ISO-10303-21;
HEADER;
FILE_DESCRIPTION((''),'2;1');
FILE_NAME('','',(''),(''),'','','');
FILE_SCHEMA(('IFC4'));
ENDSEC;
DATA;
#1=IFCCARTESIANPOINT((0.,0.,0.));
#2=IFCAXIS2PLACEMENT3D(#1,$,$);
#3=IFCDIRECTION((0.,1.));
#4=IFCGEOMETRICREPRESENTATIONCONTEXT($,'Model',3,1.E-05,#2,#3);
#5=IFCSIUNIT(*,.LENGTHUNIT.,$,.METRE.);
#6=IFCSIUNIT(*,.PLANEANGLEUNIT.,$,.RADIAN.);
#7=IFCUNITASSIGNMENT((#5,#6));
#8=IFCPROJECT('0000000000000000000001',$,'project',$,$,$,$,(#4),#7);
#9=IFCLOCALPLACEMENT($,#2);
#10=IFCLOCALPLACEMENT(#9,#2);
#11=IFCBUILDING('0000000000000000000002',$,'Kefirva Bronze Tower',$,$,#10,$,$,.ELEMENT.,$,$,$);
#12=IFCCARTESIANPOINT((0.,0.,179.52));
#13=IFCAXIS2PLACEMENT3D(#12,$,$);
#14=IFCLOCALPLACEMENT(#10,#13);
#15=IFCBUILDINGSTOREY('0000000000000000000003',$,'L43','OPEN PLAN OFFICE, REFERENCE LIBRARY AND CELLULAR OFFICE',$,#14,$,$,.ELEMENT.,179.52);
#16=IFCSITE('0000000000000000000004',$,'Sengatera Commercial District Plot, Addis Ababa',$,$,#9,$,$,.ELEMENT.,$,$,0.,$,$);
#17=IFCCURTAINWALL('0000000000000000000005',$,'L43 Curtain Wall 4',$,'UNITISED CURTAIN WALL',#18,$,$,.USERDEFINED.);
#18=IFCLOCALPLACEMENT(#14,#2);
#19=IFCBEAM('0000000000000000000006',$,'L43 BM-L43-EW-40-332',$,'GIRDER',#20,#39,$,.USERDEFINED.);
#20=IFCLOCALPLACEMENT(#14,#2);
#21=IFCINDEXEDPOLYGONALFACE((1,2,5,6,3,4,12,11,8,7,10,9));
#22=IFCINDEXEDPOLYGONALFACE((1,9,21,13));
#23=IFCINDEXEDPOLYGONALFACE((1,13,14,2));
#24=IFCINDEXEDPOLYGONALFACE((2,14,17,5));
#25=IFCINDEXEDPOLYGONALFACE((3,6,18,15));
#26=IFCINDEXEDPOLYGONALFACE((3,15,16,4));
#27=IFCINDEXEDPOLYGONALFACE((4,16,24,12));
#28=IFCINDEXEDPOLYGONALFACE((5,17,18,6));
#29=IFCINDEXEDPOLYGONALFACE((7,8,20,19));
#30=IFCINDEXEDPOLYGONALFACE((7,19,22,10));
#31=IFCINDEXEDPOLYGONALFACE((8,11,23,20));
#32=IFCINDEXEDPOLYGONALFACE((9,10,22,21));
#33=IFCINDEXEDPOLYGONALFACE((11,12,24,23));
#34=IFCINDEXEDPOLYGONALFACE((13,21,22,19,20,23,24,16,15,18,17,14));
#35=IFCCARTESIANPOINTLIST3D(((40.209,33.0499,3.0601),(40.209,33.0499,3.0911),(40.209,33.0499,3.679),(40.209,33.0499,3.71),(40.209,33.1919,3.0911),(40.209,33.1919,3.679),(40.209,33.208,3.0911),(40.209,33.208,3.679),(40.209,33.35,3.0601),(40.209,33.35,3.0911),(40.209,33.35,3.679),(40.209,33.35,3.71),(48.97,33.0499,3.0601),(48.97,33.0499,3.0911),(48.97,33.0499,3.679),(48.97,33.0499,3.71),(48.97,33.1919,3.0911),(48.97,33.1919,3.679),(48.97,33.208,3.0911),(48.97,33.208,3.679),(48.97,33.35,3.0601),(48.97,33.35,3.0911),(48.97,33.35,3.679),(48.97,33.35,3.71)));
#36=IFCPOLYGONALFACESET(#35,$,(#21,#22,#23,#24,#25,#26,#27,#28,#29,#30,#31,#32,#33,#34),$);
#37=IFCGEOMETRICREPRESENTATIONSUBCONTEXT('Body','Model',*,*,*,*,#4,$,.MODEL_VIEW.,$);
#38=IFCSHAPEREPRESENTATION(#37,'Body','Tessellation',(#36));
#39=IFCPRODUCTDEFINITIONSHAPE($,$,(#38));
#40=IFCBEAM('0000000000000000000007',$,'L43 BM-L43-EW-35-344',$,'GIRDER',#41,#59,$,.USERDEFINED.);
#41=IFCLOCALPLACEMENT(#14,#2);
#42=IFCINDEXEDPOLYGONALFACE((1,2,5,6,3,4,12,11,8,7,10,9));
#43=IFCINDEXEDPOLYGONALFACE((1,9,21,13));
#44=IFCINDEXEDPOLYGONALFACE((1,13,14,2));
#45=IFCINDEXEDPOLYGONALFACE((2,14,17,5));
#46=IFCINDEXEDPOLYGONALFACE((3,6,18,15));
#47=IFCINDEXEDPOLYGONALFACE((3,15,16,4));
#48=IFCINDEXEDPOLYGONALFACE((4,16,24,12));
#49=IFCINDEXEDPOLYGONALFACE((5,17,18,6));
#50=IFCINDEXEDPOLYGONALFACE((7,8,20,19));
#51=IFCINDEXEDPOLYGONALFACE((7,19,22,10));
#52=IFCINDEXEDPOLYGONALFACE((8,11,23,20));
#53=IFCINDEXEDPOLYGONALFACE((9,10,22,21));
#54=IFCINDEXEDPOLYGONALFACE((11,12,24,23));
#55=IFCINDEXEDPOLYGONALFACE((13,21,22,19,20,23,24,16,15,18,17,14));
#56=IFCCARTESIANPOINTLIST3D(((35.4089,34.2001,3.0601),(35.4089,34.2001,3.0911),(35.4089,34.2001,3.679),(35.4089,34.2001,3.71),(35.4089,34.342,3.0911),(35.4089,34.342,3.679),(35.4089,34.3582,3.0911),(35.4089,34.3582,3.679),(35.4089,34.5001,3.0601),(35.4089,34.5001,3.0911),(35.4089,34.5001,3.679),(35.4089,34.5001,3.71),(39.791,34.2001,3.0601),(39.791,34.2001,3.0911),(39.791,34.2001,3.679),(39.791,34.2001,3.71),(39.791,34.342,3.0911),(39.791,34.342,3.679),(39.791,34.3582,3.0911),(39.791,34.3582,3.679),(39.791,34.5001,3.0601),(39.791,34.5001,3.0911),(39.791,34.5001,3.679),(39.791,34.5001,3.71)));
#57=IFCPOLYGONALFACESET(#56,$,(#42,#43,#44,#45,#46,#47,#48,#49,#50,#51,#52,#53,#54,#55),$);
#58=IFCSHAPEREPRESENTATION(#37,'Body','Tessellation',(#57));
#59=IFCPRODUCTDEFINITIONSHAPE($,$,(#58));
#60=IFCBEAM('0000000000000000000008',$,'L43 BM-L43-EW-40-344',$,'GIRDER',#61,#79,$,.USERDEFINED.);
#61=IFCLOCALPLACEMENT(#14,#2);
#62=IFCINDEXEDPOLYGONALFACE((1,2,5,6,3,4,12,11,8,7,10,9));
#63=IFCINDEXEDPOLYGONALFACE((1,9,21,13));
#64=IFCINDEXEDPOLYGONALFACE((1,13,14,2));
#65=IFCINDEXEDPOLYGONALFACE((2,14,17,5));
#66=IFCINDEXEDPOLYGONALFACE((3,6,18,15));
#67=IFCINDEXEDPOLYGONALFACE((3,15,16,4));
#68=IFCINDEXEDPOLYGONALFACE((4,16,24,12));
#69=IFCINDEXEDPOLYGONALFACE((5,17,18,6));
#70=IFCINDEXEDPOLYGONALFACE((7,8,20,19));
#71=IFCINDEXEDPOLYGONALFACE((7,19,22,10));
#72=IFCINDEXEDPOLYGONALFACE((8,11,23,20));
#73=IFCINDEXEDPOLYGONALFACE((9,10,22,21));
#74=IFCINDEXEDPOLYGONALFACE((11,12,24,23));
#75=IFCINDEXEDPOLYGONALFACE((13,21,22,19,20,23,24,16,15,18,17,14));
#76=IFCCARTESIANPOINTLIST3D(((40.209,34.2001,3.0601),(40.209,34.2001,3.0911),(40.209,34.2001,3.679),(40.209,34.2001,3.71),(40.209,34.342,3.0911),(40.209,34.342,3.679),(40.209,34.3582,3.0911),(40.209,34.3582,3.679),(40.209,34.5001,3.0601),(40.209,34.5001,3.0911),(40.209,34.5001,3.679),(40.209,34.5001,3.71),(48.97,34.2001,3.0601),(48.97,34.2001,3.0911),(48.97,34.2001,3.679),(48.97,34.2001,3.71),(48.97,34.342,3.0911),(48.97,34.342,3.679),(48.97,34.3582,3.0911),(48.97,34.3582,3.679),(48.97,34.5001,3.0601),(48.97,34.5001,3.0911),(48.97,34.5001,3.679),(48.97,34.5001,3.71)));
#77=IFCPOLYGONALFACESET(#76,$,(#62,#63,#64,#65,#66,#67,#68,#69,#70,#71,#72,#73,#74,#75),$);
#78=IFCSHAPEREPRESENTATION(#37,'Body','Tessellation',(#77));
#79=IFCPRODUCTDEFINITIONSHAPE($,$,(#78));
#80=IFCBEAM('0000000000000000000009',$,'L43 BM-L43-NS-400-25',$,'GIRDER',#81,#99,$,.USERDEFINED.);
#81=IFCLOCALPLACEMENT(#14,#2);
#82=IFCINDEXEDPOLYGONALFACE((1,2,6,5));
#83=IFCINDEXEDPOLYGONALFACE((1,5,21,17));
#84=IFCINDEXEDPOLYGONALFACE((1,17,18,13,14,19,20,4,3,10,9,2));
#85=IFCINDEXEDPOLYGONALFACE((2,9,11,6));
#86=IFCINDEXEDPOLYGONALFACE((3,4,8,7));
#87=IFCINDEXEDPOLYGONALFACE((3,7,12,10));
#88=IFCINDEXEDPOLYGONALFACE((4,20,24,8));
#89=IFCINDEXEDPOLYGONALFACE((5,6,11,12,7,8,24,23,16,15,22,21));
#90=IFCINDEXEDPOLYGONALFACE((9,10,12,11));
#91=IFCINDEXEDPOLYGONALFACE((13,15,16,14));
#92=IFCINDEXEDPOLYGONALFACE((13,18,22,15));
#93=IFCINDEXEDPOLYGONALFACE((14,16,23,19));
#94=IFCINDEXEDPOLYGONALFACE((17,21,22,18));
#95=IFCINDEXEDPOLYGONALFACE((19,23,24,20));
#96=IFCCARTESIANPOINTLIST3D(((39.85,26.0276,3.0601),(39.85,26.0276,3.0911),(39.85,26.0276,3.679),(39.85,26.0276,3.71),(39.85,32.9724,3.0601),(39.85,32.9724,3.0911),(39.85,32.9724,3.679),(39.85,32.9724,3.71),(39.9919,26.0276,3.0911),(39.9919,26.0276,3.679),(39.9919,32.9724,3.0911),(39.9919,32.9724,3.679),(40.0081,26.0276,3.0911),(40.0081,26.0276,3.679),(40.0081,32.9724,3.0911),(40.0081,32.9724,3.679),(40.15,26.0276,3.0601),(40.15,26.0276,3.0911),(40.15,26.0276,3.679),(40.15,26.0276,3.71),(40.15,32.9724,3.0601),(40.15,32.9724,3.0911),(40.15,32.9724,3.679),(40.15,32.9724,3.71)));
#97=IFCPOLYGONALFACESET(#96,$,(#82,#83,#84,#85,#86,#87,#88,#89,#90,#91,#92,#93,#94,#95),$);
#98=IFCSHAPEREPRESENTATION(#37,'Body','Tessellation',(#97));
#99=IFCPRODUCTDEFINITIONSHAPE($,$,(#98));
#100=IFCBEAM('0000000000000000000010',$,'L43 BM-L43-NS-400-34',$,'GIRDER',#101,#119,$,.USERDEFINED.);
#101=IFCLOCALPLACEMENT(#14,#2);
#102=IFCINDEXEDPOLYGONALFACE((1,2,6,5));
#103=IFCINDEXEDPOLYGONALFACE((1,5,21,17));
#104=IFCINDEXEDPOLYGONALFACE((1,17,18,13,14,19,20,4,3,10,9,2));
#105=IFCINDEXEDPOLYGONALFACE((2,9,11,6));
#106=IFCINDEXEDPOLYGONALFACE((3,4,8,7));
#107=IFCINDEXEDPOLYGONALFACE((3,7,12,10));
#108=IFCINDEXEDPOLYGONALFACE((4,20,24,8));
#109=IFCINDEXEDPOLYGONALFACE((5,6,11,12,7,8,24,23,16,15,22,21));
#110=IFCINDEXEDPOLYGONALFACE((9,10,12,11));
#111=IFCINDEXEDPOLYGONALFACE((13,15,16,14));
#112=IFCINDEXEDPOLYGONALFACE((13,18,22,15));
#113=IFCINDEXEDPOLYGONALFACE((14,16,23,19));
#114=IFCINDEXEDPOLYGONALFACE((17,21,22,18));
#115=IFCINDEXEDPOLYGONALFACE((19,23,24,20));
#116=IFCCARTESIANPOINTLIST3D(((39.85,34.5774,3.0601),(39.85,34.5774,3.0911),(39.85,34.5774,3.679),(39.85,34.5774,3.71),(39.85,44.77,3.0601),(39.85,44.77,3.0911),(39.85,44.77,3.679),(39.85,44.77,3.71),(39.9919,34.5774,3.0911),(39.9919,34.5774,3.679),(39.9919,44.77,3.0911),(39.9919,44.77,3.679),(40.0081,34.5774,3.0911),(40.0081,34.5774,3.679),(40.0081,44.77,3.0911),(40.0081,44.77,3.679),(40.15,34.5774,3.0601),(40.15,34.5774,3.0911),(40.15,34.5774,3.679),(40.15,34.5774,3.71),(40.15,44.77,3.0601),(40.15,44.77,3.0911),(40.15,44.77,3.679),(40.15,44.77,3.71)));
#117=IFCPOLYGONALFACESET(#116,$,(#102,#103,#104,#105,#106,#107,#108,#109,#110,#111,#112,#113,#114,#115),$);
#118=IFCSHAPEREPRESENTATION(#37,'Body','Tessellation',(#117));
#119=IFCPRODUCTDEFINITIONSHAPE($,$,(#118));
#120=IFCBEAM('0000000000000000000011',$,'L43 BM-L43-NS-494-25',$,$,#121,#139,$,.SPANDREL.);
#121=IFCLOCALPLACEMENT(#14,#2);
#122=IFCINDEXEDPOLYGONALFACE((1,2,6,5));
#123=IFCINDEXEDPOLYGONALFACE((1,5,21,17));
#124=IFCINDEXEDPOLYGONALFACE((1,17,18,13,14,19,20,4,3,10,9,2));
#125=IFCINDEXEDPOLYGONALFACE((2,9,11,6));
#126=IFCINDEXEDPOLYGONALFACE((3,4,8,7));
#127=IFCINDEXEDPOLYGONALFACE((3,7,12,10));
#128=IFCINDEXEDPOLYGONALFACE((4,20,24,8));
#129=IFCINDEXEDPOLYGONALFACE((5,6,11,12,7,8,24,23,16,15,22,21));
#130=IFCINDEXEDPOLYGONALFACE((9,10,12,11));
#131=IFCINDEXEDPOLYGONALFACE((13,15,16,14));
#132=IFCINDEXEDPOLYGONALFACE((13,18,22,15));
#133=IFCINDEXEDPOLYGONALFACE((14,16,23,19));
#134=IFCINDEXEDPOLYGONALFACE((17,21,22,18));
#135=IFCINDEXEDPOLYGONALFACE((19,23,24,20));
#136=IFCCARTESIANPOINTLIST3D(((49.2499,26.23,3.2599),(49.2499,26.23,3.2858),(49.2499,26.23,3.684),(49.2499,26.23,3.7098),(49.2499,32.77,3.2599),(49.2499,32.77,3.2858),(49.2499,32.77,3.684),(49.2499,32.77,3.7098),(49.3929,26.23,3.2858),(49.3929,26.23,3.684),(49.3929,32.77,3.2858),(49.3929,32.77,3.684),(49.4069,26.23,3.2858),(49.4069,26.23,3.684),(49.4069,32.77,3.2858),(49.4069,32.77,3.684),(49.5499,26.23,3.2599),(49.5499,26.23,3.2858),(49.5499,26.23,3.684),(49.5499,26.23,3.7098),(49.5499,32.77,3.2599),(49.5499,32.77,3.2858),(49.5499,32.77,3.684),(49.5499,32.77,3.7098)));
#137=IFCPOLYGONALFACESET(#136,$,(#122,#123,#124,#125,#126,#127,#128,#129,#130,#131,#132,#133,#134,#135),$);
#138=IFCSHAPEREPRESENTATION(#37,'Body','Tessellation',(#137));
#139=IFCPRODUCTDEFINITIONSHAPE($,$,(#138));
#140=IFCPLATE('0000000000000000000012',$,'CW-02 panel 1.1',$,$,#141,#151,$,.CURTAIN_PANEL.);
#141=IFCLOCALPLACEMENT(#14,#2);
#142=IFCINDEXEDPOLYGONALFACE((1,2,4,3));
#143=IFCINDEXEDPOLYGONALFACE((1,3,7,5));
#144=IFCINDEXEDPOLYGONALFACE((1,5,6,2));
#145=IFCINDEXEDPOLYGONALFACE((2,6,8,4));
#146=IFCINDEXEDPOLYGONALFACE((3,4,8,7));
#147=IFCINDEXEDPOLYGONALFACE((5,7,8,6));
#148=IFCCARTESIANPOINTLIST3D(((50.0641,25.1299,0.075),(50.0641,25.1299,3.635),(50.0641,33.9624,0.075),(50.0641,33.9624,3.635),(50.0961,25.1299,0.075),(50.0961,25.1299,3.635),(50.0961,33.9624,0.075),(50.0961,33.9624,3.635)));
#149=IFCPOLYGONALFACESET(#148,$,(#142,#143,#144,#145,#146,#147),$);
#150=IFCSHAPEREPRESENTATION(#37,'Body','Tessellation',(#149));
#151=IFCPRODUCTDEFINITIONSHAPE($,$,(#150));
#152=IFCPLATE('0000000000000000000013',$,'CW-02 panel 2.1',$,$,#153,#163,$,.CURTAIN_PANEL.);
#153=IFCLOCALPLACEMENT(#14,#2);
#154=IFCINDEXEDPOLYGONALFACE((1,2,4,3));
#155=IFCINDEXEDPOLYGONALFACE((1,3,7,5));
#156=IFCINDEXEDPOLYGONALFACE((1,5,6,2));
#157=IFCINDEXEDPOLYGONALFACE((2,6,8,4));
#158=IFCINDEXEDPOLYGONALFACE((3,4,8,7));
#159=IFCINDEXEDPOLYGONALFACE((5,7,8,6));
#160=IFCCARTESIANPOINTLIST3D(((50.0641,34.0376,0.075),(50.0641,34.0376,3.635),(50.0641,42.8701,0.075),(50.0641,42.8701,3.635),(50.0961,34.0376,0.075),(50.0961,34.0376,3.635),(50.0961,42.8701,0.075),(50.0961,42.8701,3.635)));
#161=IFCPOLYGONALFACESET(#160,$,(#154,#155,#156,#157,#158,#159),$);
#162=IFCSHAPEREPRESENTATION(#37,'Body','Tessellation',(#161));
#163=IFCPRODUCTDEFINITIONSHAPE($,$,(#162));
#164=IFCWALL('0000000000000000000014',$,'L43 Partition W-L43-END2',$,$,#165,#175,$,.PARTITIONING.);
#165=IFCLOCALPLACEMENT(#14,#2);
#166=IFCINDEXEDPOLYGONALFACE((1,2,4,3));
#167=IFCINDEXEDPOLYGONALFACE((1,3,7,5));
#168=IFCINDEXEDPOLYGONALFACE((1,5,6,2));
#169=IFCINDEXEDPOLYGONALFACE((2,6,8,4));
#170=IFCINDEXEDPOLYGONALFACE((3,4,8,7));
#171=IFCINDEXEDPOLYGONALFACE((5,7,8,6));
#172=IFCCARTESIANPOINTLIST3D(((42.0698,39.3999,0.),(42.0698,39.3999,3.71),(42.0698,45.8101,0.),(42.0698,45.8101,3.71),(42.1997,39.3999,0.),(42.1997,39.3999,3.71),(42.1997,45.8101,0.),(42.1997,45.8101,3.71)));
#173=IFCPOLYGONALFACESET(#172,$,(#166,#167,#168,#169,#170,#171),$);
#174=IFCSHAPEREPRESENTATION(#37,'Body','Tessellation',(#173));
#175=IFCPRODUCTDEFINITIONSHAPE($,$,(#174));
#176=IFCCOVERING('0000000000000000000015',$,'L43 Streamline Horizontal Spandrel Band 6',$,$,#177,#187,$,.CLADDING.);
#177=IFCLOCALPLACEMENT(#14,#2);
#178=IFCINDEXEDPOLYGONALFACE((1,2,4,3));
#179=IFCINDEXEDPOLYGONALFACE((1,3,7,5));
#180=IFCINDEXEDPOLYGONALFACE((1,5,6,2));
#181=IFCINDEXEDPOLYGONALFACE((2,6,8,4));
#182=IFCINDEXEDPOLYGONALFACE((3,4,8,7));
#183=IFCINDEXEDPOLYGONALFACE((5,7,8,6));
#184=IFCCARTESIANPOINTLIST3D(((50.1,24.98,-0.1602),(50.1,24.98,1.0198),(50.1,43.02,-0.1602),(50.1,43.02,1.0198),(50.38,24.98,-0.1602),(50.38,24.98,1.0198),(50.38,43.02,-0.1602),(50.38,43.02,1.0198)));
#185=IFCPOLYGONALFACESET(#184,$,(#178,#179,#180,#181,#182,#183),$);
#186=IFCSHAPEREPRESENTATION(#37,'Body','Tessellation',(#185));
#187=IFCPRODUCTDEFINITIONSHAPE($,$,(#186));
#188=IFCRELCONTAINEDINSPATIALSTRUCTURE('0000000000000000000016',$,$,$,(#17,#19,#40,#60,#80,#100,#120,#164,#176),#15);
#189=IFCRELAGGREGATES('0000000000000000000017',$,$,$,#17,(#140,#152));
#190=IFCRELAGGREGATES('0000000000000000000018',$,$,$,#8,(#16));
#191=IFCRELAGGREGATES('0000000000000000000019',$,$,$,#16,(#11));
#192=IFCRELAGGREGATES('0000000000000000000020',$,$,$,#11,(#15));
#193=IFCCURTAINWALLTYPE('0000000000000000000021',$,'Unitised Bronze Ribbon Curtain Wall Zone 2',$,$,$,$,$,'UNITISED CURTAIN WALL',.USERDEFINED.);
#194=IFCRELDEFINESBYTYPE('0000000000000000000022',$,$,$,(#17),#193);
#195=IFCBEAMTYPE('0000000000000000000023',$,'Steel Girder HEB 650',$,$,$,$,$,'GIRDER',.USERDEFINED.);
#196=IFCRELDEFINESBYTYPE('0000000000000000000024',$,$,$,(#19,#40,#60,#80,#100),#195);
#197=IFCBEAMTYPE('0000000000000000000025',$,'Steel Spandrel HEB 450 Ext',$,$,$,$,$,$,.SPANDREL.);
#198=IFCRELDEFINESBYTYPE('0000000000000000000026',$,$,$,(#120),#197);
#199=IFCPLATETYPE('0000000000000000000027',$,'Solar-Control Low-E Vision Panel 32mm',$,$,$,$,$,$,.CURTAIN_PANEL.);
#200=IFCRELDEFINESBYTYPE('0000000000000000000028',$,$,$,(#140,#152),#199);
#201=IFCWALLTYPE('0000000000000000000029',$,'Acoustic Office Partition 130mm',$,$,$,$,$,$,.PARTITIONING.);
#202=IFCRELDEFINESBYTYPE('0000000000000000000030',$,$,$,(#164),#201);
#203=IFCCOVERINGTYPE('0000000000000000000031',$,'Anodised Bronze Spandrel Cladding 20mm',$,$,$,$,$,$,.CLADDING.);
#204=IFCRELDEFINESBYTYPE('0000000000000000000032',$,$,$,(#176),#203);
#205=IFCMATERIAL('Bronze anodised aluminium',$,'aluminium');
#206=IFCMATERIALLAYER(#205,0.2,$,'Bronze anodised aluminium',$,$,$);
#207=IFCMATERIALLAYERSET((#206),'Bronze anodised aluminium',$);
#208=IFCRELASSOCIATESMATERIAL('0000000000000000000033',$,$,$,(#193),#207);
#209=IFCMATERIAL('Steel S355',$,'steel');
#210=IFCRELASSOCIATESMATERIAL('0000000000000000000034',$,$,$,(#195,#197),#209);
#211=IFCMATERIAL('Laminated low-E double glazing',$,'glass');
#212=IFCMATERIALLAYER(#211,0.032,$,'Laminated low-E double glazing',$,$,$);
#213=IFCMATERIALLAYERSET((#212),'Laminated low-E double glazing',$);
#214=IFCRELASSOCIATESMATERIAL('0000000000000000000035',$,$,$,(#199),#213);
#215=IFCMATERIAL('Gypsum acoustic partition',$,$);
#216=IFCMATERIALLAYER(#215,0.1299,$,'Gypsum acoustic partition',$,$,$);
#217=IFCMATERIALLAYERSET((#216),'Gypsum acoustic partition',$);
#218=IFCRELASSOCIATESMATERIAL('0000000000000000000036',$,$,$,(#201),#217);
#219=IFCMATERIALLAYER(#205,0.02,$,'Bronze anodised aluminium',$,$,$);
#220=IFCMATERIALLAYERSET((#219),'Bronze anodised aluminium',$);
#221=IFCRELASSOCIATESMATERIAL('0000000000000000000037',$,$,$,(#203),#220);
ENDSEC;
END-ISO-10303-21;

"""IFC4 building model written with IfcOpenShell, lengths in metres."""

from ifc_helpers import new_model, si_unit, direction, frame, frame_2d, origin, origin_2d, place, context, subcontext, project, spatial, rectangle, i_section, extrude, material, layer, layer_set, material_profile, profile_set, type_object, element, aggregate, save


model = new_model("IFC4")

# Units and contexts
model_context = context("Model", 3, precision=1e-05, world=origin(), true_north=direction((0.0, 1.0)))
body_context = subcontext(model_context, "Body", "Model", "MODEL_VIEW")
ifc_project = project(units=[si_unit("LENGTHUNIT", "METRE"), si_unit("PLANEANGLEUNIT", "RADIAN")], contexts=[model_context])

# Site, building, storey
site_placement = place(None, origin())
site = spatial("IfcSite", under=ifc_project, at=site_placement, Name="Sengatera Commercial District Plot, Addis Ababa", CompositionType="ELEMENT", RefElevation=0.0)
building_placement = place(site_placement, origin())
building = spatial("IfcBuilding", under=site, at=building_placement, Name="Kefirva Bronze Tower", CompositionType="ELEMENT")
storey_placement = place(building_placement, frame((0.0, 0.0, 179.52)))
storey = spatial("IfcBuildingStorey", under=building, at=storey_placement, Name="L43", Description="OPEN PLAN OFFICE, REFERENCE LIBRARY AND CELLULAR OFFICE", CompositionType="ELEMENT", Elevation=179.52)

# Curtain wall
ifc_material_1 = material(Name="Bronze anodised aluminium", Category="aluminium")
ifc_layer_1 = layer(ifc_material_1, 0.2, Name="Bronze anodised aluminium")
ifc_layer_set_1 = layer_set([ifc_layer_1], Name="Bronze anodised aluminium")
curtain_wall_type = type_object("IfcCurtainWallType", Name="Unitised Bronze Ribbon Curtain Wall Zone 2", ElementType="UNITISED CURTAIN WALL", PredefinedType="USERDEFINED", material=ifc_layer_set_1)
curtain_wall_placement = place(storey_placement, origin())
curtain_wall = element("IfcCurtainWall", 1, at=curtain_wall_placement, inside=storey, type_object=curtain_wall_type, Name="L43 Curtain Wall 4", ObjectType="UNITISED CURTAIN WALL", PredefinedType="USERDEFINED")

# Beams
ifc_material_2 = material(Name="Steel S355", Category="steel")
ifc_material_profile_1 = material_profile(ifc_material_2, i_section(OverallWidth=0.3, OverallDepth=0.6499, WebThickness=0.0161, FlangeThickness=0.031, at=origin_2d()), Name="HEB 650")
ifc_profile_set_1 = profile_set([ifc_material_profile_1], Name="Steel S355")
beam_type_1 = type_object("IfcBeamType", Name="Steel Girder HEB 650", ElementType="GIRDER", PredefinedType="USERDEFINED", material=ifc_profile_set_1)
beam_1_placement = place(storey_placement, frame((40.209, 33.2, 3.385), z_axis=(1.0, 0.0, 0.0), x_axis=(0.0, 1.0, 0.0)))
element("IfcBeam", 2, at=beam_1_placement, inside=storey, type_object=beam_type_1, Name="L43 BM-L43-EW-40-332", ObjectType="GIRDER", PredefinedType="USERDEFINED", context=body_context, shape_type="SweptSolid", body=[
    extrude(i_section(OverallWidth=0.3, OverallDepth=0.6499, WebThickness=0.0161, FlangeThickness=0.031, at=origin_2d()), origin(), (0.0, 0.0, 1.0), 8.761),
])
beam_2_placement = place(storey_placement, frame((35.4089, 34.3501, 3.385), z_axis=(1.0, 0.0, 0.0), x_axis=(0.0, 1.0, 0.0)))
element("IfcBeam", 3, at=beam_2_placement, inside=storey, type_object=beam_type_1, Name="L43 BM-L43-EW-35-344", ObjectType="GIRDER", PredefinedType="USERDEFINED", context=body_context, shape_type="SweptSolid", body=[
    extrude(i_section(OverallWidth=0.3, OverallDepth=0.6499, WebThickness=0.0161, FlangeThickness=0.031, at=origin_2d()), origin(), (0.0, 0.0, 1.0), 4.3821),
])
beam_3_placement = place(storey_placement, frame((40.209, 34.3501, 3.385), z_axis=(1.0, 0.0, 0.0), x_axis=(0.0, 1.0, 0.0)))
element("IfcBeam", 4, at=beam_3_placement, inside=storey, type_object=beam_type_1, Name="L43 BM-L43-EW-40-344", ObjectType="GIRDER", PredefinedType="USERDEFINED", context=body_context, shape_type="SweptSolid", body=[
    extrude(i_section(OverallWidth=0.3, OverallDepth=0.6499, WebThickness=0.0161, FlangeThickness=0.031, at=origin_2d()), origin(), (0.0, 0.0, 1.0), 8.761),
])
beam_4_placement = place(storey_placement, frame((40.0, 26.0276, 3.385), z_axis=(0.0, 1.0, 0.0), x_axis=(-1.0, 0.0, 0.0)))
element("IfcBeam", 5, at=beam_4_placement, inside=storey, type_object=beam_type_1, Name="L43 BM-L43-NS-400-25", ObjectType="GIRDER", PredefinedType="USERDEFINED", context=body_context, shape_type="SweptSolid", body=[
    extrude(i_section(OverallWidth=0.3, OverallDepth=0.6499, WebThickness=0.0161, FlangeThickness=0.031, at=origin_2d()), origin(), (0.0, 0.0, 1.0), 6.9448),
])
beam_5_placement = place(storey_placement, frame((40.0, 34.5774, 3.385), z_axis=(0.0, 1.0, 0.0), x_axis=(-1.0, 0.0, 0.0)))
element("IfcBeam", 6, at=beam_5_placement, inside=storey, type_object=beam_type_1, Name="L43 BM-L43-NS-400-34", ObjectType="GIRDER", PredefinedType="USERDEFINED", context=body_context, shape_type="SweptSolid", body=[
    extrude(i_section(OverallWidth=0.3, OverallDepth=0.6499, WebThickness=0.0161, FlangeThickness=0.031, at=origin_2d()), origin(), (0.0, 0.0, 1.0), 10.1926),
])
ifc_material_profile_2 = material_profile(ifc_material_2, i_section(OverallWidth=0.3, OverallDepth=0.45, WebThickness=0.0139, FlangeThickness=0.0259, at=origin_2d()), Name="HEB 450")
ifc_profile_set_2 = profile_set([ifc_material_profile_2], Name="Steel S355")
beam_type_2 = type_object("IfcBeamType", Name="Steel Spandrel HEB 450 Ext", PredefinedType="SPANDREL", material=ifc_profile_set_2)
beam_6_placement = place(storey_placement, frame((49.3999, 26.23, 3.4849), z_axis=(0.0, 1.0, 0.0), x_axis=(-1.0, 0.0, 0.0)))
element("IfcBeam", 7, at=beam_6_placement, inside=storey, type_object=beam_type_2, Name="L43 BM-L43-NS-494-25", PredefinedType="SPANDREL", context=body_context, shape_type="SweptSolid", body=[
    extrude(i_section(OverallWidth=0.3, OverallDepth=0.45, WebThickness=0.0139, FlangeThickness=0.0259, at=origin_2d()), origin(), (0.0, 0.0, 1.0), 6.54),
])

# Plates
ifc_material_3 = material(Name="Laminated low-E double glazing", Category="glass")
ifc_layer_2 = layer(ifc_material_3, 0.032, Name="Laminated low-E double glazing")
ifc_layer_set_2 = layer_set([ifc_layer_2], Name="Laminated low-E double glazing")
plate_type = type_object("IfcPlateType", Name="Solar-Control Low-E Vision Panel 32mm", PredefinedType="CURTAIN_PANEL", material=ifc_layer_set_2)
plate_1_placement = place(storey_placement, frame((50.0801, 29.5461, 0.075), z_axis=(0.0, 0.0, 1.0), x_axis=(0.0, 1.0, 0.0)))
plate_1 = element("IfcPlate", 8, at=plate_1_placement, type_object=plate_type, Name="CW-02 panel 1.1", PredefinedType="CURTAIN_PANEL", context=body_context, shape_type="SweptSolid", body=[
    extrude(rectangle(XDim=8.8325, YDim=0.032, at=origin_2d()), origin(), (0.0, 0.0, 1.0), 3.5601),
])
plate_2_placement = place(storey_placement, frame((50.0801, 38.4539, 0.075), z_axis=(0.0, 0.0, 1.0), x_axis=(0.0, 1.0, 0.0)))
plate_2 = element("IfcPlate", 9, at=plate_2_placement, type_object=plate_type, Name="CW-02 panel 2.1", PredefinedType="CURTAIN_PANEL", context=body_context, shape_type="SweptSolid", body=[
    extrude(rectangle(XDim=8.8325, YDim=0.032, at=origin_2d()), origin(), (0.0, 0.0, 1.0), 3.5601),
])
aggregate(curtain_wall, [plate_1, plate_2])

# Wall
ifc_material_4 = material(Name="Gypsum acoustic partition")
ifc_layer_3 = layer(ifc_material_4, 0.1299, Name="Gypsum acoustic partition")
ifc_layer_set_3 = layer_set([ifc_layer_3], Name="Gypsum acoustic partition")
wall_type = type_object("IfcWallType", Name="Acoustic Office Partition 130mm", PredefinedType="PARTITIONING", material=ifc_layer_set_3)
wall_placement = place(storey_placement, frame((42.1348, 39.3999, 0.0), z_axis=(0.0, 0.0, 1.0), x_axis=(0.0, 1.0, 0.0)))
element("IfcWall", 10, at=wall_placement, inside=storey, type_object=wall_type, Name="L43 Partition W-L43-END2", PredefinedType="PARTITIONING", context=body_context, shape_type="SweptSolid", body=[
    extrude(rectangle(XDim=6.4102, YDim=0.1299, at=frame_2d((3.2051, 0.0))), origin(), (0.0, 0.0, 1.0), 3.71),
])

# Covering
ifc_layer_4 = layer(ifc_material_1, 0.02, Name="Bronze anodised aluminium")
ifc_layer_set_4 = layer_set([ifc_layer_4], Name="Bronze anodised aluminium")
covering_type_1 = type_object("IfcCoveringType", Name="Anodised Bronze Spandrel Cladding 20mm", PredefinedType="CLADDING", material=ifc_layer_set_4)
covering_1_placement = place(storey_placement, frame((50.24, 34.0, -0.1602), z_axis=(0.0, 0.0, 1.0), x_axis=(0.0, 1.0, 0.0)))
element("IfcCovering", 11, at=covering_1_placement, inside=storey, type_object=covering_type_1, Name="L43 Streamline Horizontal Spandrel Band 6", PredefinedType="CLADDING", context=body_context, shape_type="SweptSolid", body=[
    extrude(rectangle(XDim=18.04, YDim=0.28, at=origin_2d()), origin(), (0.0, 0.0, 1.0), 1.1799),
])

save(model, "model.ifc")
